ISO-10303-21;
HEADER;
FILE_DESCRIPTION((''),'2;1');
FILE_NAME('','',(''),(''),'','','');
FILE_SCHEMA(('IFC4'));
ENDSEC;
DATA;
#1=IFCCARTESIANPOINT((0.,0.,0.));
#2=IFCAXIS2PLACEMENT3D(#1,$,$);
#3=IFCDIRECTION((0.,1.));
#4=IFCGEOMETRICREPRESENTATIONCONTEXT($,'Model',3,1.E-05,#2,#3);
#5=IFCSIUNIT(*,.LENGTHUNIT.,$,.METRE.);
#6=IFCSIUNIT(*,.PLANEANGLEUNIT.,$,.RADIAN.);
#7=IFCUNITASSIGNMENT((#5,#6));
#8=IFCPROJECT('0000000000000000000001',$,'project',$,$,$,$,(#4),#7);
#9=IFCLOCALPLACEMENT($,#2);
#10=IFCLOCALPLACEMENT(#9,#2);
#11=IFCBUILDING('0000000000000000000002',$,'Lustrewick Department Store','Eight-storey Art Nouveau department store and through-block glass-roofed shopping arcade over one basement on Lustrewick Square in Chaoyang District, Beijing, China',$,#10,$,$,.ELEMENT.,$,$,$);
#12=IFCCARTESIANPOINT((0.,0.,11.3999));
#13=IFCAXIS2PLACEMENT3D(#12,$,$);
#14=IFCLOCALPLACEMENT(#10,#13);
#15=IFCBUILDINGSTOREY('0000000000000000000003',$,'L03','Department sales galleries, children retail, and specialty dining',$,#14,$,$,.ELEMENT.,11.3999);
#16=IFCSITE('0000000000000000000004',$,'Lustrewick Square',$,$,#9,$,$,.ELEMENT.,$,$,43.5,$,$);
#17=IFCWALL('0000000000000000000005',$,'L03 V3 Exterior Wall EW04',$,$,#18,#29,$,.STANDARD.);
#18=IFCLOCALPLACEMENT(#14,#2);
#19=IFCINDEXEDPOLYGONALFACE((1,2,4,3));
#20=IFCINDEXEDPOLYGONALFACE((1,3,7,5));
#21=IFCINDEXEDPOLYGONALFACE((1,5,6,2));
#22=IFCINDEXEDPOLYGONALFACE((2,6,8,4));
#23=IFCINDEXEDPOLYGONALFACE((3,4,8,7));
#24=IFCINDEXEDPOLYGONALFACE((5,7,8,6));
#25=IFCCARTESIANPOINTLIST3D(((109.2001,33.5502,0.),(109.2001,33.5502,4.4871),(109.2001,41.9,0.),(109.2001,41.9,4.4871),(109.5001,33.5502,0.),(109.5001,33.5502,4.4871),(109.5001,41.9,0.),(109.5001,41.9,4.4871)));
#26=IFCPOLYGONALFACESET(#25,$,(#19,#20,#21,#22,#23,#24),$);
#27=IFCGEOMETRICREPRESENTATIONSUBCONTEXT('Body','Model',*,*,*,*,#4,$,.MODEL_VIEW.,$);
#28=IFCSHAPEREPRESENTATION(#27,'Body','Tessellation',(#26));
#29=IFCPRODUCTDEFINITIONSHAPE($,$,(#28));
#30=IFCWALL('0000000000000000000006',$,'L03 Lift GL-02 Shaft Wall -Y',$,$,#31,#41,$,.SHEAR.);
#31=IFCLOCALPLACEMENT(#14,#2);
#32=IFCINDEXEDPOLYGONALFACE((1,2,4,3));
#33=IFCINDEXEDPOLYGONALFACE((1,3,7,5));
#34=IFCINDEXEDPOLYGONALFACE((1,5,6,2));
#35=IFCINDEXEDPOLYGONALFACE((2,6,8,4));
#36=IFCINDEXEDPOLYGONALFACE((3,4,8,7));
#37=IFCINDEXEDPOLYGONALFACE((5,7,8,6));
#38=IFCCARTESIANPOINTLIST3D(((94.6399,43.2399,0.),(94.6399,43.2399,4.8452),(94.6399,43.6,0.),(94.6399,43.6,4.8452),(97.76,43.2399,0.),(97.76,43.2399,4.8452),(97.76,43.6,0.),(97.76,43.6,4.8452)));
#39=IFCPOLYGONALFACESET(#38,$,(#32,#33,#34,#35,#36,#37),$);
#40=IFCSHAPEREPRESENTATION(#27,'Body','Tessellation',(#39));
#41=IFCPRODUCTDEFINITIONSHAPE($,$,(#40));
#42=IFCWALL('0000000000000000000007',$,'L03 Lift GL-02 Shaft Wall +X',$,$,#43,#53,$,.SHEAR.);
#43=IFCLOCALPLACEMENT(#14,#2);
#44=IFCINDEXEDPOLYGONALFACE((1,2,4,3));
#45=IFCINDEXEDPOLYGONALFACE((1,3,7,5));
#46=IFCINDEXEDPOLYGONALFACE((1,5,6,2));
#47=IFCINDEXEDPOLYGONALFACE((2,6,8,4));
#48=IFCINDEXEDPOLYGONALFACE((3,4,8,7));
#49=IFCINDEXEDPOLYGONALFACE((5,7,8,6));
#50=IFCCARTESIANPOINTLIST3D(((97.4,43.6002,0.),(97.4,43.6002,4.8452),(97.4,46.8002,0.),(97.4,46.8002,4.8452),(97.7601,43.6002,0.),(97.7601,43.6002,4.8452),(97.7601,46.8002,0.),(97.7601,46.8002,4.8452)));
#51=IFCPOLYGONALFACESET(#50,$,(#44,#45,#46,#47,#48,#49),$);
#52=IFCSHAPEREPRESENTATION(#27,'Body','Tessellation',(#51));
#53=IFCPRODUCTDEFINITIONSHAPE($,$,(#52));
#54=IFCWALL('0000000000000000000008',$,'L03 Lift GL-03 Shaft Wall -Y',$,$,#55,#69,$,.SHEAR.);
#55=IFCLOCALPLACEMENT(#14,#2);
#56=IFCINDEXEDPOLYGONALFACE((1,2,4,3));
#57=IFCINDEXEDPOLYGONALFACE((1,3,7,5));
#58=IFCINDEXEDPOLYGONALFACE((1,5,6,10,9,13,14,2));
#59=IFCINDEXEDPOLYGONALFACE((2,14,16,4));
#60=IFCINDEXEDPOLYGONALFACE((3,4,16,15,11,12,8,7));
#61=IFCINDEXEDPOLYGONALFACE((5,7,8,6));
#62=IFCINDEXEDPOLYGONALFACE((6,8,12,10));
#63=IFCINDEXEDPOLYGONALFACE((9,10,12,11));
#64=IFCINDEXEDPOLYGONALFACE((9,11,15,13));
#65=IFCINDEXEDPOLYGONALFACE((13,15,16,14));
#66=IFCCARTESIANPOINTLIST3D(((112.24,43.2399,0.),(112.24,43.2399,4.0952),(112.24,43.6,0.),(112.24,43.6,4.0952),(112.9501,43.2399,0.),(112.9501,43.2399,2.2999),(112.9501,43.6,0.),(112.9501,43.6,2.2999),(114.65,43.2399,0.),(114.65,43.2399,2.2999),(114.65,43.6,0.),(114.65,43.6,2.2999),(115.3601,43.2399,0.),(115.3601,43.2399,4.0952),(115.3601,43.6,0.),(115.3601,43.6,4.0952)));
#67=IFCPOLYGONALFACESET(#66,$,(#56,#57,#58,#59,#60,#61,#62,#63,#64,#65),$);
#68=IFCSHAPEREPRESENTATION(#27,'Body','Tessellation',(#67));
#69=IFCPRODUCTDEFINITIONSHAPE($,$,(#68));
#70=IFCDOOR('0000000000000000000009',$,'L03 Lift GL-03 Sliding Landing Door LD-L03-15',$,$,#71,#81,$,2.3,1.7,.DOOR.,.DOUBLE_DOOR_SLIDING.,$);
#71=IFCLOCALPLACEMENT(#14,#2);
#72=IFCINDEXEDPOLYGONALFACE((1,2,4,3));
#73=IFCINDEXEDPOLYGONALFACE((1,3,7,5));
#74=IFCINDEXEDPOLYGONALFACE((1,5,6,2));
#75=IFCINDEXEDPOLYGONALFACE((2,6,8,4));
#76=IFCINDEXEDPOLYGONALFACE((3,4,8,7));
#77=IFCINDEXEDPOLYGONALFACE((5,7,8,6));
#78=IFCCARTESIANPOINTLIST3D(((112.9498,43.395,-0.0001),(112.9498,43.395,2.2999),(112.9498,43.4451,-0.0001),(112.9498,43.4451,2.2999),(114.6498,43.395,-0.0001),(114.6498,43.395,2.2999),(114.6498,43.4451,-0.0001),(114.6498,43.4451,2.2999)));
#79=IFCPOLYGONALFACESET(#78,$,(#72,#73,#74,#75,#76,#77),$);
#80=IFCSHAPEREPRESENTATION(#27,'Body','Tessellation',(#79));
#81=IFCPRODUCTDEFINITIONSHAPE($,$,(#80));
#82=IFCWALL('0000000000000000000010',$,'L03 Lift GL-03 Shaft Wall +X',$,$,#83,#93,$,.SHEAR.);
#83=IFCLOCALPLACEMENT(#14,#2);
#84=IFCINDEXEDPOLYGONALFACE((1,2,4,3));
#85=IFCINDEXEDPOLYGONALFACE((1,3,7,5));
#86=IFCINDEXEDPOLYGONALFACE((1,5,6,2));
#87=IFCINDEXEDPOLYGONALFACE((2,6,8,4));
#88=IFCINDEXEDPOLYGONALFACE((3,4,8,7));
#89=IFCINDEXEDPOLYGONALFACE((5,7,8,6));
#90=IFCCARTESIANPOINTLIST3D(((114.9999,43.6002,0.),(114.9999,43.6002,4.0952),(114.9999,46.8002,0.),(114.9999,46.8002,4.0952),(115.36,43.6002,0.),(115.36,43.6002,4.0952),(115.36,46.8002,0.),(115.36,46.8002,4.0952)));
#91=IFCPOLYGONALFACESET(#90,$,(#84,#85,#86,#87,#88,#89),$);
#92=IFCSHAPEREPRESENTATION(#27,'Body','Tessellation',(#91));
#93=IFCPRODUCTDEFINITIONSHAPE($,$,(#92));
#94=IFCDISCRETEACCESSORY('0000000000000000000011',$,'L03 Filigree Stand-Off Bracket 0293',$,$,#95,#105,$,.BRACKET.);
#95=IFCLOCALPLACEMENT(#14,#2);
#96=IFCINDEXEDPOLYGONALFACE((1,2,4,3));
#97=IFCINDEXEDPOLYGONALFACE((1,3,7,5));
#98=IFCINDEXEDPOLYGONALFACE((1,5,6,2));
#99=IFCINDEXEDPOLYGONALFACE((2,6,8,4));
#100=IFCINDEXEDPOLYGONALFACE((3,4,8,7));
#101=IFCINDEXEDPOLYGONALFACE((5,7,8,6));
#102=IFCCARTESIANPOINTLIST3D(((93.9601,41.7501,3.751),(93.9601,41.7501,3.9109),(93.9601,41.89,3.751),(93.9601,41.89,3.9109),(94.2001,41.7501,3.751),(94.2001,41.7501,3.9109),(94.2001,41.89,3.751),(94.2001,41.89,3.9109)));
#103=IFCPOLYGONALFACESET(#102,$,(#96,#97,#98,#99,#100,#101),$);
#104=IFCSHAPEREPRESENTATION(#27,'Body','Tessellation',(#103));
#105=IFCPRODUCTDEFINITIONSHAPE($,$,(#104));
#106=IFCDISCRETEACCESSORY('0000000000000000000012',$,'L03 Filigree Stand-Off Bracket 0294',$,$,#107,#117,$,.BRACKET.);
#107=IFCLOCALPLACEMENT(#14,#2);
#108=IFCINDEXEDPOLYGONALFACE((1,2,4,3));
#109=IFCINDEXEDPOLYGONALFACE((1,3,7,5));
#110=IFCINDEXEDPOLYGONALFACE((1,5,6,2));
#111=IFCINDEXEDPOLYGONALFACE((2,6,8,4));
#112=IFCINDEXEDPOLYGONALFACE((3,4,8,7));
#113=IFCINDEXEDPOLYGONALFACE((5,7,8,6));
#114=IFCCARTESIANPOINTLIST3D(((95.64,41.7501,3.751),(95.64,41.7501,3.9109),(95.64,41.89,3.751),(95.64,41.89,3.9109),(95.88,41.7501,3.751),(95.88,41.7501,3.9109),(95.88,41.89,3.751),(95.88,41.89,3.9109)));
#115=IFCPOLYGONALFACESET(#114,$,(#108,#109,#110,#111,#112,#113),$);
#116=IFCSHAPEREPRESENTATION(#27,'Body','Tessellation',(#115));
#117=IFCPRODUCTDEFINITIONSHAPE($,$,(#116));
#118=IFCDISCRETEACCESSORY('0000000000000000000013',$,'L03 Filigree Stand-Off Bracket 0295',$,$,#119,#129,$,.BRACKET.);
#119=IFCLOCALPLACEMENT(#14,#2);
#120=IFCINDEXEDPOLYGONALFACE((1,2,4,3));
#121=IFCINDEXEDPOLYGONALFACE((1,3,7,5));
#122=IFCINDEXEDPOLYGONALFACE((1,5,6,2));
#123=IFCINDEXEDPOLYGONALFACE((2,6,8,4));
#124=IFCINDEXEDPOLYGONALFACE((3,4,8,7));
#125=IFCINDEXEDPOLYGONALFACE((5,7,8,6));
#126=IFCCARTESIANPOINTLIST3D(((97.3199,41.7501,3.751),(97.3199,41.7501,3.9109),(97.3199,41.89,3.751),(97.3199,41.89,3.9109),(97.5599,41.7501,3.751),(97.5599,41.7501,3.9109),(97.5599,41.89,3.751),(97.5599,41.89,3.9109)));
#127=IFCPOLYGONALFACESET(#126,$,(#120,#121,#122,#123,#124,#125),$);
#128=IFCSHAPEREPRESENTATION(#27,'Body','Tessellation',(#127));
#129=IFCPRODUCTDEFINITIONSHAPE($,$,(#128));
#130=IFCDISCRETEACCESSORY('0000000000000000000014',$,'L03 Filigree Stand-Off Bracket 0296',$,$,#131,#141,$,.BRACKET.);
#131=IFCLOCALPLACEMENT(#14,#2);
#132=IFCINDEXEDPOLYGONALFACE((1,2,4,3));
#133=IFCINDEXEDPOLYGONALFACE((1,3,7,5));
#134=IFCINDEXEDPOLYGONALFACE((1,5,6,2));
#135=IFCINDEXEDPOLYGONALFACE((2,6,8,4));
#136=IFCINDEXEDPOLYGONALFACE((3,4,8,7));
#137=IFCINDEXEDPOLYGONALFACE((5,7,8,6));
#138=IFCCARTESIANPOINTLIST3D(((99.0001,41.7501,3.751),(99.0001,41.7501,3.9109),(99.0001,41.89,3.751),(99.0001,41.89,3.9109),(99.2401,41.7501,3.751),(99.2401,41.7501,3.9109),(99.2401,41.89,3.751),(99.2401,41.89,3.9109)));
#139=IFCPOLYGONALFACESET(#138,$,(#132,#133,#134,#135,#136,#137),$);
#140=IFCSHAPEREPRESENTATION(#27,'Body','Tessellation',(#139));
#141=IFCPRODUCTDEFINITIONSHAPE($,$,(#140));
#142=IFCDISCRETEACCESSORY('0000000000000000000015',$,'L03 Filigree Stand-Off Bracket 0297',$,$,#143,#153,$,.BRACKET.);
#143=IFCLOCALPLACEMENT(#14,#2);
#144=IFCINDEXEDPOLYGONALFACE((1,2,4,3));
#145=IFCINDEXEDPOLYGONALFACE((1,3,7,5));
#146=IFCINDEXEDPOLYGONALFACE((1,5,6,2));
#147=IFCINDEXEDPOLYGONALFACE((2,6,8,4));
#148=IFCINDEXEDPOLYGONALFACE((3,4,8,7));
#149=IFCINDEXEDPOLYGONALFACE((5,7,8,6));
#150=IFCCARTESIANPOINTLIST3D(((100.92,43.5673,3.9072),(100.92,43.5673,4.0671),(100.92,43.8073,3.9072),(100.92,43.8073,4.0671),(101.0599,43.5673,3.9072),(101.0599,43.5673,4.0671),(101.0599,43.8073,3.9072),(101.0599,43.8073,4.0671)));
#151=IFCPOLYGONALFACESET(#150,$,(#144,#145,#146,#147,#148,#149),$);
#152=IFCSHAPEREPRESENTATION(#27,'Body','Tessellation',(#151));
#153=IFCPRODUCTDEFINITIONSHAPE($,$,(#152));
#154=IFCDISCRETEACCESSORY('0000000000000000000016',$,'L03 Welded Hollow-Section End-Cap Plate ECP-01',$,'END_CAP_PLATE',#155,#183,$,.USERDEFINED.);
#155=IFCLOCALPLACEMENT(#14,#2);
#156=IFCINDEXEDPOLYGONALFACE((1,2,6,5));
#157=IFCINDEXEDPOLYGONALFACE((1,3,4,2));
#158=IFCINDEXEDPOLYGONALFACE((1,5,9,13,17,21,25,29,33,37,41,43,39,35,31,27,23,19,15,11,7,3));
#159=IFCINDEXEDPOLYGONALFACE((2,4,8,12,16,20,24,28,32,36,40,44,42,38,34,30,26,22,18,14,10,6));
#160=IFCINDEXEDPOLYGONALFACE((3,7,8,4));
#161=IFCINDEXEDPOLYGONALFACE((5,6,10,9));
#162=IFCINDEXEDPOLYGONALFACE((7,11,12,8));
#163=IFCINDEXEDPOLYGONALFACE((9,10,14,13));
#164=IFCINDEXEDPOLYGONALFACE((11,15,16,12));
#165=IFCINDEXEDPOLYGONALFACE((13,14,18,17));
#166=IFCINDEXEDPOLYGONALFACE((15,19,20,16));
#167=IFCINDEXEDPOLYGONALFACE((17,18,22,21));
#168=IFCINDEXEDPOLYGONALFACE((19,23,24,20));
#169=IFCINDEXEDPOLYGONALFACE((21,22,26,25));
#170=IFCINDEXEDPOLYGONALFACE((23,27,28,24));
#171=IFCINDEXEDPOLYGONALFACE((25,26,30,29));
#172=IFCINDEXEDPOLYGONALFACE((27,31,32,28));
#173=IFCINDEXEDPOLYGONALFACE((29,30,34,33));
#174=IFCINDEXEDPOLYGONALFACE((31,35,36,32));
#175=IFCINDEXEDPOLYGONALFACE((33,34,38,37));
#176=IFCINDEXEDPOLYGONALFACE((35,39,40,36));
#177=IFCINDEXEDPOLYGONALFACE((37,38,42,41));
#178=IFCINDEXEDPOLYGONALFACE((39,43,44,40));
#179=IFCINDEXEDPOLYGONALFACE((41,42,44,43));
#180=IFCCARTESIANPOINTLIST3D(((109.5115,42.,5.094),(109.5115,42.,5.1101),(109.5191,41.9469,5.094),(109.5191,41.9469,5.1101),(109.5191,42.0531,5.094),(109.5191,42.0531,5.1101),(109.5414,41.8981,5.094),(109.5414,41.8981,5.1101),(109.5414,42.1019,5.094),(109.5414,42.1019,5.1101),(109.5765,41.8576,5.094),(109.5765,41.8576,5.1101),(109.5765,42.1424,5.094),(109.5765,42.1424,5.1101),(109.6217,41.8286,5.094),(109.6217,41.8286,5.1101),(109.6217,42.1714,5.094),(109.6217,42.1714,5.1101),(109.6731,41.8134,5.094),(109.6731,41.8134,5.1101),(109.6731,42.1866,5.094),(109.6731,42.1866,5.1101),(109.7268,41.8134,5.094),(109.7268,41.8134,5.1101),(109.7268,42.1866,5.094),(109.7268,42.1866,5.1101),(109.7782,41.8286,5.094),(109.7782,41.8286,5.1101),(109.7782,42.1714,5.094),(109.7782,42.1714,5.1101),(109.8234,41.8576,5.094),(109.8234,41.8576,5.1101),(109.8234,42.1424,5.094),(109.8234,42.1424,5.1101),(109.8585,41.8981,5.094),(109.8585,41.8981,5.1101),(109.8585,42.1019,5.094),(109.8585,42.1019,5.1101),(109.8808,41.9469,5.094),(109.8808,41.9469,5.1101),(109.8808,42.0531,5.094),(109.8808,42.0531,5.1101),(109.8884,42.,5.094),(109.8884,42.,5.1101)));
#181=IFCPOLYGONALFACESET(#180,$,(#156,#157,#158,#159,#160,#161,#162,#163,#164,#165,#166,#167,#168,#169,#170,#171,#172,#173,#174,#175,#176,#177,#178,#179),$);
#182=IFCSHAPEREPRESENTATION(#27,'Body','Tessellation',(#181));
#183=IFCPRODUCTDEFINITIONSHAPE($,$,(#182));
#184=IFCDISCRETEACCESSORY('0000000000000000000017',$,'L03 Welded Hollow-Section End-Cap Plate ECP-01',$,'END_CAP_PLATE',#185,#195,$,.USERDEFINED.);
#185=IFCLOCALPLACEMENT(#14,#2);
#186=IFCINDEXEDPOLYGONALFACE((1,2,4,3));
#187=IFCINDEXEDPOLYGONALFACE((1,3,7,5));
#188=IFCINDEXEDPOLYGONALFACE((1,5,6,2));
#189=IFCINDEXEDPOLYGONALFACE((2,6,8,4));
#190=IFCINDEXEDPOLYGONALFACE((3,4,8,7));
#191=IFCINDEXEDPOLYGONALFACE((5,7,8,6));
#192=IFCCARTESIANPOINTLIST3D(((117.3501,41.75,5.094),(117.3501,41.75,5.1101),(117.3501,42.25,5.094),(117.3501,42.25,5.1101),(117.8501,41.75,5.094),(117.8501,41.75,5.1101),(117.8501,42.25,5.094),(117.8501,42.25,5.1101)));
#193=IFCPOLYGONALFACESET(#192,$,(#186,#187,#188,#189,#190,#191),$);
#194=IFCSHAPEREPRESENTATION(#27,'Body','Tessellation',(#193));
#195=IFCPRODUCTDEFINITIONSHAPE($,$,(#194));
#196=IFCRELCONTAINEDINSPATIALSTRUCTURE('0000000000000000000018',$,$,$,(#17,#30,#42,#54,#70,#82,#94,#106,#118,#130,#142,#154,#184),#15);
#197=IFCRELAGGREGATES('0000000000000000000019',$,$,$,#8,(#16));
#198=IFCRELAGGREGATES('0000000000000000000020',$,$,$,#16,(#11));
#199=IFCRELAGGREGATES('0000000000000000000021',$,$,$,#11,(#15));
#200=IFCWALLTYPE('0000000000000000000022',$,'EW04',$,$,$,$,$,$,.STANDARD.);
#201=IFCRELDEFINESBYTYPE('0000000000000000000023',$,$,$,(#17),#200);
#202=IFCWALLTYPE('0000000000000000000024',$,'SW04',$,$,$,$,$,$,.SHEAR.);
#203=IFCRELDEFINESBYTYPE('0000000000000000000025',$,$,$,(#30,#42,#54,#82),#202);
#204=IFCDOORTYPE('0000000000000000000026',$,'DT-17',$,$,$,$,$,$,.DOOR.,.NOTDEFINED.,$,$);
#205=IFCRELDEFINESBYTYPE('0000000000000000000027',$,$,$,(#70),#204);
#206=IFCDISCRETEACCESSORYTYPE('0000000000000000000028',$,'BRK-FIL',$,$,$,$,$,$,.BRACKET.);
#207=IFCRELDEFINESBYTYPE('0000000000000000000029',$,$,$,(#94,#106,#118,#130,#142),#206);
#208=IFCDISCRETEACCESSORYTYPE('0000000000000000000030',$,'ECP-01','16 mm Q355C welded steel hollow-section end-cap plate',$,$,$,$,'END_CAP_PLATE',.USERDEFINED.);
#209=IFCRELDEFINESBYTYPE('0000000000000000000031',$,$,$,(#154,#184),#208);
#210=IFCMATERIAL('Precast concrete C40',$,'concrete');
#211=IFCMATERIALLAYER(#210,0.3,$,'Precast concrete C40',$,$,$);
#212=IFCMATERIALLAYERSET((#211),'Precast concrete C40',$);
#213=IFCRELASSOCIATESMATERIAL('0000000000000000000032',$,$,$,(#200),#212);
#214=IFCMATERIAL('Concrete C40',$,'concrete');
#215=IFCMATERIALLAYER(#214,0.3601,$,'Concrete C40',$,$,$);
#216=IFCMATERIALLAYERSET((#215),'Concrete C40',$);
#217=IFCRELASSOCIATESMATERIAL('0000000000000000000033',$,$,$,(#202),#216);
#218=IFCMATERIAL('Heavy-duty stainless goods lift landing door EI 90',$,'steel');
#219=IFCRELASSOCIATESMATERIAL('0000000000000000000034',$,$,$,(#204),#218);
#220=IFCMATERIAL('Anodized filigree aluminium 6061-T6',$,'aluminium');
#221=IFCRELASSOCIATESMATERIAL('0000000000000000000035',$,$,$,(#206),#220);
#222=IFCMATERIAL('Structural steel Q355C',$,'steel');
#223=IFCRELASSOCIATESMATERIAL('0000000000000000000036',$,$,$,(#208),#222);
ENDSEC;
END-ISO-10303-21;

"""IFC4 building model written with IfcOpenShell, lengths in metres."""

from ifc_helpers import new_model, si_unit, direction, frame, frame_2d, origin, origin_2d, place, context, subcontext, project, spatial, rectangle, circle, extrude, material, layer, layer_set, type_object, element, fill, save


model = new_model("IFC4")

# Units and contexts
model_context = context("Model", 3, precision=1e-05, world=origin(), true_north=direction((0.0, 1.0)))
body_context = subcontext(model_context, "Body", "Model", "MODEL_VIEW")
ifc_project = project(units=[si_unit("LENGTHUNIT", "METRE"), si_unit("PLANEANGLEUNIT", "RADIAN")], contexts=[model_context])

# Site, building, storey
site_placement = place(None, origin())
site = spatial("IfcSite", under=ifc_project, at=site_placement, Name="Lustrewick Square", CompositionType="ELEMENT", RefElevation=43.5)
building_placement = place(site_placement, origin())
building = spatial("IfcBuilding", under=site, at=building_placement, Name="Lustrewick Department Store", Description="Eight-storey Art Nouveau department store and through-block glass-roofed shopping arcade over one basement on Lustrewick Square in Chaoyang District, Beijing, China", CompositionType="ELEMENT")
storey_placement = place(building_placement, frame((0.0, 0.0, 11.3999)))
storey = spatial("IfcBuildingStorey", under=building, at=storey_placement, Name="L03", Description="Department sales galleries, children retail, and specialty dining", CompositionType="ELEMENT", Elevation=11.3999)

# Shared definitions
ifc_material_1 = material(Name="Structural steel Q355C", Category="steel")

# Shared definitions
ifc_material_2 = material(Name="Precast concrete C40", Category="concrete")

# Walls
ifc_layer_1 = layer(ifc_material_2, 0.3, Name="Precast concrete C40")
ifc_layer_set_1 = layer_set([ifc_layer_1], Name="Precast concrete C40")
wall_type_1 = type_object("IfcWallType", Name="EW04", PredefinedType="STANDARD", material=ifc_layer_set_1)
wall_1_placement = place(storey_placement, frame((109.3501, 41.8999, 0.0), z_axis=(0.0, 0.0, 1.0), x_axis=(0.0, -1.0, 0.0)))
element("IfcWall", 1, at=wall_1_placement, inside=storey, type_object=wall_type_1, Name="L03 V3 Exterior Wall EW04", PredefinedType="STANDARD", context=body_context, shape_type="SweptSolid", body=[
    extrude(rectangle(XDim=8.3499, YDim=0.3, at=frame_2d((4.1748, 0.0))), origin(), (0.0, 0.0, 1.0), 4.4871),
])
ifc_material_3 = material(Name="Concrete C40", Category="concrete")
ifc_layer_2 = layer(ifc_material_3, 0.3601, Name="Concrete C40")
ifc_layer_set_2 = layer_set([ifc_layer_2], Name="Concrete C40")
wall_type_2 = type_object("IfcWallType", Name="SW04", PredefinedType="SHEAR", material=ifc_layer_set_2)
wall_2_placement = place(storey_placement, frame((94.6399, 43.4199, 0.0), z_axis=(0.0, 0.0, 1.0), x_axis=(1.0, 0.0, 0.0)))
element("IfcWall", 2, at=wall_2_placement, inside=storey, type_object=wall_type_2, Name="L03 Lift GL-02 Shaft Wall -Y", PredefinedType="SHEAR", context=body_context, shape_type="SweptSolid", body=[
    extrude(rectangle(XDim=3.1201, YDim=0.3601, at=frame_2d((1.5601, 0.0))), origin(), (0.0, 0.0, 1.0), 4.8452),
])
wall_3_placement = place(storey_placement, frame((97.5801, 43.6001, 0.0), z_axis=(0.0, 0.0, 1.0), x_axis=(0.0, 1.0, 0.0)))
element("IfcWall", 3, at=wall_3_placement, inside=storey, type_object=wall_type_2, Name="L03 Lift GL-02 Shaft Wall +X", PredefinedType="SHEAR", context=body_context, shape_type="SweptSolid", body=[
    extrude(rectangle(XDim=3.2, YDim=0.3601, at=frame_2d((1.6001, 0.0))), origin(), (0.0, 0.0, 1.0), 4.8452),
])

# Wall, opening, door
wall_4_placement = place(storey_placement, frame((112.24, 43.4199, 0.0), z_axis=(0.0, 0.0, 1.0), x_axis=(1.0, 0.0, 0.0)))
wall_4 = element("IfcWall", 4, at=wall_4_placement, inside=storey, type_object=wall_type_2, Name="L03 Lift GL-03 Shaft Wall -Y", PredefinedType="SHEAR", context=body_context, shape_type="SweptSolid", body=[
    extrude(rectangle(XDim=3.1201, YDim=0.3601, at=frame_2d((1.5601, 0.0))), origin(), (0.0, 0.0, 1.0), 4.0952),
])
opening_1_placement = place(wall_4_placement, frame((0.71, 0.0, 0.0)))
opening_1 = element("IfcOpeningElement", 5, at=opening_1_placement, cuts=wall_4, PredefinedType="OPENING", context=body_context, shape_type="SweptSolid", body=[
    extrude(rectangle(XDim=1.7, YDim=2.3, at=frame_2d((0.8501, 1.1499))), frame((0.0, 0.1899, 0.0), z_axis=(0.0, -1.0, 0.0), x_axis=(1.0, 0.0, 0.0)), (0.0, 0.0, 1.0), 0.3801),
])
ifc_material_4 = material(Name="Heavy-duty stainless goods lift landing door EI 90", Category="steel")
door_type = type_object("IfcDoorType", Name="DT-17", OperationType="NOTDEFINED", PredefinedType="DOOR", material=ifc_material_4)
door_placement = place(opening_1_placement, frame((1.7, 0.0, 0.0), z_axis=(0.0, 0.0, 1.0), x_axis=(-1.0, 0.0, 0.0)))
door = element("IfcDoor", 6, at=door_placement, inside=storey, type_object=door_type, Name="L03 Lift GL-03 Sliding Landing Door LD-L03-15", OperationType="DOUBLE_DOOR_SLIDING", OverallHeight=2.3, OverallWidth=1.7, PredefinedType="DOOR", context=body_context, shape_type="SweptSolid", body=[
    extrude(rectangle(XDim=1.7, YDim=2.3, at=frame_2d((0.8501, 1.1499))), frame((0.0, 0.0249, 0.0), z_axis=(0.0, -1.0, 0.0), x_axis=(1.0, 0.0, 0.0)), (0.0, 0.0, 1.0), 0.05),
])
fill(opening_1, door)

# Wall
wall_5_placement = place(storey_placement, frame((115.1799, 43.6001, 0.0), z_axis=(0.0, 0.0, 1.0), x_axis=(0.0, 1.0, 0.0)))
element("IfcWall", 7, at=wall_5_placement, inside=storey, type_object=wall_type_2, Name="L03 Lift GL-03 Shaft Wall +X", PredefinedType="SHEAR", context=body_context, shape_type="SweptSolid", body=[
    extrude(rectangle(XDim=3.2, YDim=0.3601, at=frame_2d((1.6001, 0.0))), origin(), (0.0, 0.0, 1.0), 4.0952),
])

# Discrete accessories
ifc_material_5 = material(Name="Anodized filigree aluminium 6061-T6", Category="aluminium")
discrete_accessory_type_1 = type_object("IfcDiscreteAccessoryType", Name="BRK-FIL", PredefinedType="BRACKET", material=ifc_material_5)
for number, where, z_axis, x_axis, name in (
    (8, (94.0801, 41.8201, 3.751), (0.0, 0.0, 1.0), (1.0, 0.0, 0.0), "L03 Filigree Stand-Off Bracket 0293"),
    (9, (95.76, 41.8201, 3.751), (0.0, 0.0, 1.0), (1.0, 0.0, 0.0), "L03 Filigree Stand-Off Bracket 0294"),
    (10, (97.4399, 41.8201, 3.751), (0.0, 0.0, 1.0), (1.0, 0.0, 0.0), "L03 Filigree Stand-Off Bracket 0295"),
    (11, (99.1201, 41.8201, 3.751), (0.0, 0.0, 1.0), (1.0, 0.0, 0.0), "L03 Filigree Stand-Off Bracket 0296"),
    (12, (100.99, 43.6873, 3.9072), (0.0, 0.0, 1.0), (0.0, 1.0, 0.0), "L03 Filigree Stand-Off Bracket 0297"),
):
    element("IfcDiscreteAccessory", number, at=place(storey_placement, frame(where, z_axis=z_axis, x_axis=x_axis)), inside=storey, type_object=discrete_accessory_type_1, Name=name, PredefinedType="BRACKET", context=body_context, shape_type="SweptSolid", body=[
        extrude(rectangle(XDim=0.24, YDim=0.1399, at=origin_2d()), origin(), (0.0, 0.0, 1.0), 0.1599),
    ])
discrete_accessory_type_2 = type_object("IfcDiscreteAccessoryType", Name="ECP-01", Description="16 mm Q355C welded steel hollow-section end-cap plate", ElementType="END_CAP_PLATE", PredefinedType="USERDEFINED", material=ifc_material_1)
discrete_accessory_1_placement = place(storey_placement, frame((109.7, 42.0, 5.094), z_axis=(0.0, 0.0, 1.0), x_axis=(1.0, 0.0, 0.0)))
element("IfcDiscreteAccessory", 13, at=discrete_accessory_1_placement, inside=storey, type_object=discrete_accessory_type_2, Name="L03 Welded Hollow-Section End-Cap Plate ECP-01", ObjectType="END_CAP_PLATE", PredefinedType="USERDEFINED", context=body_context, shape_type="SweptSolid", body=[
    extrude(circle(Radius=0.1885, at=origin_2d()), origin(), (0.0, 0.0, 1.0), 0.0161),
])
discrete_accessory_2_placement = place(storey_placement, frame((117.6001, 42.0, 5.094), z_axis=(0.0, 0.0, 1.0), x_axis=(1.0, 0.0, 0.0)))
element("IfcDiscreteAccessory", 14, at=discrete_accessory_2_placement, inside=storey, type_object=discrete_accessory_type_2, Name="L03 Welded Hollow-Section End-Cap Plate ECP-01", ObjectType="END_CAP_PLATE", PredefinedType="USERDEFINED", context=body_context, shape_type="SweptSolid", body=[
    extrude(rectangle(XDim=0.5, YDim=0.5, at=origin_2d()), origin(), (0.0, 0.0, 1.0), 0.0161),
])

save(model, "model.ifc")
